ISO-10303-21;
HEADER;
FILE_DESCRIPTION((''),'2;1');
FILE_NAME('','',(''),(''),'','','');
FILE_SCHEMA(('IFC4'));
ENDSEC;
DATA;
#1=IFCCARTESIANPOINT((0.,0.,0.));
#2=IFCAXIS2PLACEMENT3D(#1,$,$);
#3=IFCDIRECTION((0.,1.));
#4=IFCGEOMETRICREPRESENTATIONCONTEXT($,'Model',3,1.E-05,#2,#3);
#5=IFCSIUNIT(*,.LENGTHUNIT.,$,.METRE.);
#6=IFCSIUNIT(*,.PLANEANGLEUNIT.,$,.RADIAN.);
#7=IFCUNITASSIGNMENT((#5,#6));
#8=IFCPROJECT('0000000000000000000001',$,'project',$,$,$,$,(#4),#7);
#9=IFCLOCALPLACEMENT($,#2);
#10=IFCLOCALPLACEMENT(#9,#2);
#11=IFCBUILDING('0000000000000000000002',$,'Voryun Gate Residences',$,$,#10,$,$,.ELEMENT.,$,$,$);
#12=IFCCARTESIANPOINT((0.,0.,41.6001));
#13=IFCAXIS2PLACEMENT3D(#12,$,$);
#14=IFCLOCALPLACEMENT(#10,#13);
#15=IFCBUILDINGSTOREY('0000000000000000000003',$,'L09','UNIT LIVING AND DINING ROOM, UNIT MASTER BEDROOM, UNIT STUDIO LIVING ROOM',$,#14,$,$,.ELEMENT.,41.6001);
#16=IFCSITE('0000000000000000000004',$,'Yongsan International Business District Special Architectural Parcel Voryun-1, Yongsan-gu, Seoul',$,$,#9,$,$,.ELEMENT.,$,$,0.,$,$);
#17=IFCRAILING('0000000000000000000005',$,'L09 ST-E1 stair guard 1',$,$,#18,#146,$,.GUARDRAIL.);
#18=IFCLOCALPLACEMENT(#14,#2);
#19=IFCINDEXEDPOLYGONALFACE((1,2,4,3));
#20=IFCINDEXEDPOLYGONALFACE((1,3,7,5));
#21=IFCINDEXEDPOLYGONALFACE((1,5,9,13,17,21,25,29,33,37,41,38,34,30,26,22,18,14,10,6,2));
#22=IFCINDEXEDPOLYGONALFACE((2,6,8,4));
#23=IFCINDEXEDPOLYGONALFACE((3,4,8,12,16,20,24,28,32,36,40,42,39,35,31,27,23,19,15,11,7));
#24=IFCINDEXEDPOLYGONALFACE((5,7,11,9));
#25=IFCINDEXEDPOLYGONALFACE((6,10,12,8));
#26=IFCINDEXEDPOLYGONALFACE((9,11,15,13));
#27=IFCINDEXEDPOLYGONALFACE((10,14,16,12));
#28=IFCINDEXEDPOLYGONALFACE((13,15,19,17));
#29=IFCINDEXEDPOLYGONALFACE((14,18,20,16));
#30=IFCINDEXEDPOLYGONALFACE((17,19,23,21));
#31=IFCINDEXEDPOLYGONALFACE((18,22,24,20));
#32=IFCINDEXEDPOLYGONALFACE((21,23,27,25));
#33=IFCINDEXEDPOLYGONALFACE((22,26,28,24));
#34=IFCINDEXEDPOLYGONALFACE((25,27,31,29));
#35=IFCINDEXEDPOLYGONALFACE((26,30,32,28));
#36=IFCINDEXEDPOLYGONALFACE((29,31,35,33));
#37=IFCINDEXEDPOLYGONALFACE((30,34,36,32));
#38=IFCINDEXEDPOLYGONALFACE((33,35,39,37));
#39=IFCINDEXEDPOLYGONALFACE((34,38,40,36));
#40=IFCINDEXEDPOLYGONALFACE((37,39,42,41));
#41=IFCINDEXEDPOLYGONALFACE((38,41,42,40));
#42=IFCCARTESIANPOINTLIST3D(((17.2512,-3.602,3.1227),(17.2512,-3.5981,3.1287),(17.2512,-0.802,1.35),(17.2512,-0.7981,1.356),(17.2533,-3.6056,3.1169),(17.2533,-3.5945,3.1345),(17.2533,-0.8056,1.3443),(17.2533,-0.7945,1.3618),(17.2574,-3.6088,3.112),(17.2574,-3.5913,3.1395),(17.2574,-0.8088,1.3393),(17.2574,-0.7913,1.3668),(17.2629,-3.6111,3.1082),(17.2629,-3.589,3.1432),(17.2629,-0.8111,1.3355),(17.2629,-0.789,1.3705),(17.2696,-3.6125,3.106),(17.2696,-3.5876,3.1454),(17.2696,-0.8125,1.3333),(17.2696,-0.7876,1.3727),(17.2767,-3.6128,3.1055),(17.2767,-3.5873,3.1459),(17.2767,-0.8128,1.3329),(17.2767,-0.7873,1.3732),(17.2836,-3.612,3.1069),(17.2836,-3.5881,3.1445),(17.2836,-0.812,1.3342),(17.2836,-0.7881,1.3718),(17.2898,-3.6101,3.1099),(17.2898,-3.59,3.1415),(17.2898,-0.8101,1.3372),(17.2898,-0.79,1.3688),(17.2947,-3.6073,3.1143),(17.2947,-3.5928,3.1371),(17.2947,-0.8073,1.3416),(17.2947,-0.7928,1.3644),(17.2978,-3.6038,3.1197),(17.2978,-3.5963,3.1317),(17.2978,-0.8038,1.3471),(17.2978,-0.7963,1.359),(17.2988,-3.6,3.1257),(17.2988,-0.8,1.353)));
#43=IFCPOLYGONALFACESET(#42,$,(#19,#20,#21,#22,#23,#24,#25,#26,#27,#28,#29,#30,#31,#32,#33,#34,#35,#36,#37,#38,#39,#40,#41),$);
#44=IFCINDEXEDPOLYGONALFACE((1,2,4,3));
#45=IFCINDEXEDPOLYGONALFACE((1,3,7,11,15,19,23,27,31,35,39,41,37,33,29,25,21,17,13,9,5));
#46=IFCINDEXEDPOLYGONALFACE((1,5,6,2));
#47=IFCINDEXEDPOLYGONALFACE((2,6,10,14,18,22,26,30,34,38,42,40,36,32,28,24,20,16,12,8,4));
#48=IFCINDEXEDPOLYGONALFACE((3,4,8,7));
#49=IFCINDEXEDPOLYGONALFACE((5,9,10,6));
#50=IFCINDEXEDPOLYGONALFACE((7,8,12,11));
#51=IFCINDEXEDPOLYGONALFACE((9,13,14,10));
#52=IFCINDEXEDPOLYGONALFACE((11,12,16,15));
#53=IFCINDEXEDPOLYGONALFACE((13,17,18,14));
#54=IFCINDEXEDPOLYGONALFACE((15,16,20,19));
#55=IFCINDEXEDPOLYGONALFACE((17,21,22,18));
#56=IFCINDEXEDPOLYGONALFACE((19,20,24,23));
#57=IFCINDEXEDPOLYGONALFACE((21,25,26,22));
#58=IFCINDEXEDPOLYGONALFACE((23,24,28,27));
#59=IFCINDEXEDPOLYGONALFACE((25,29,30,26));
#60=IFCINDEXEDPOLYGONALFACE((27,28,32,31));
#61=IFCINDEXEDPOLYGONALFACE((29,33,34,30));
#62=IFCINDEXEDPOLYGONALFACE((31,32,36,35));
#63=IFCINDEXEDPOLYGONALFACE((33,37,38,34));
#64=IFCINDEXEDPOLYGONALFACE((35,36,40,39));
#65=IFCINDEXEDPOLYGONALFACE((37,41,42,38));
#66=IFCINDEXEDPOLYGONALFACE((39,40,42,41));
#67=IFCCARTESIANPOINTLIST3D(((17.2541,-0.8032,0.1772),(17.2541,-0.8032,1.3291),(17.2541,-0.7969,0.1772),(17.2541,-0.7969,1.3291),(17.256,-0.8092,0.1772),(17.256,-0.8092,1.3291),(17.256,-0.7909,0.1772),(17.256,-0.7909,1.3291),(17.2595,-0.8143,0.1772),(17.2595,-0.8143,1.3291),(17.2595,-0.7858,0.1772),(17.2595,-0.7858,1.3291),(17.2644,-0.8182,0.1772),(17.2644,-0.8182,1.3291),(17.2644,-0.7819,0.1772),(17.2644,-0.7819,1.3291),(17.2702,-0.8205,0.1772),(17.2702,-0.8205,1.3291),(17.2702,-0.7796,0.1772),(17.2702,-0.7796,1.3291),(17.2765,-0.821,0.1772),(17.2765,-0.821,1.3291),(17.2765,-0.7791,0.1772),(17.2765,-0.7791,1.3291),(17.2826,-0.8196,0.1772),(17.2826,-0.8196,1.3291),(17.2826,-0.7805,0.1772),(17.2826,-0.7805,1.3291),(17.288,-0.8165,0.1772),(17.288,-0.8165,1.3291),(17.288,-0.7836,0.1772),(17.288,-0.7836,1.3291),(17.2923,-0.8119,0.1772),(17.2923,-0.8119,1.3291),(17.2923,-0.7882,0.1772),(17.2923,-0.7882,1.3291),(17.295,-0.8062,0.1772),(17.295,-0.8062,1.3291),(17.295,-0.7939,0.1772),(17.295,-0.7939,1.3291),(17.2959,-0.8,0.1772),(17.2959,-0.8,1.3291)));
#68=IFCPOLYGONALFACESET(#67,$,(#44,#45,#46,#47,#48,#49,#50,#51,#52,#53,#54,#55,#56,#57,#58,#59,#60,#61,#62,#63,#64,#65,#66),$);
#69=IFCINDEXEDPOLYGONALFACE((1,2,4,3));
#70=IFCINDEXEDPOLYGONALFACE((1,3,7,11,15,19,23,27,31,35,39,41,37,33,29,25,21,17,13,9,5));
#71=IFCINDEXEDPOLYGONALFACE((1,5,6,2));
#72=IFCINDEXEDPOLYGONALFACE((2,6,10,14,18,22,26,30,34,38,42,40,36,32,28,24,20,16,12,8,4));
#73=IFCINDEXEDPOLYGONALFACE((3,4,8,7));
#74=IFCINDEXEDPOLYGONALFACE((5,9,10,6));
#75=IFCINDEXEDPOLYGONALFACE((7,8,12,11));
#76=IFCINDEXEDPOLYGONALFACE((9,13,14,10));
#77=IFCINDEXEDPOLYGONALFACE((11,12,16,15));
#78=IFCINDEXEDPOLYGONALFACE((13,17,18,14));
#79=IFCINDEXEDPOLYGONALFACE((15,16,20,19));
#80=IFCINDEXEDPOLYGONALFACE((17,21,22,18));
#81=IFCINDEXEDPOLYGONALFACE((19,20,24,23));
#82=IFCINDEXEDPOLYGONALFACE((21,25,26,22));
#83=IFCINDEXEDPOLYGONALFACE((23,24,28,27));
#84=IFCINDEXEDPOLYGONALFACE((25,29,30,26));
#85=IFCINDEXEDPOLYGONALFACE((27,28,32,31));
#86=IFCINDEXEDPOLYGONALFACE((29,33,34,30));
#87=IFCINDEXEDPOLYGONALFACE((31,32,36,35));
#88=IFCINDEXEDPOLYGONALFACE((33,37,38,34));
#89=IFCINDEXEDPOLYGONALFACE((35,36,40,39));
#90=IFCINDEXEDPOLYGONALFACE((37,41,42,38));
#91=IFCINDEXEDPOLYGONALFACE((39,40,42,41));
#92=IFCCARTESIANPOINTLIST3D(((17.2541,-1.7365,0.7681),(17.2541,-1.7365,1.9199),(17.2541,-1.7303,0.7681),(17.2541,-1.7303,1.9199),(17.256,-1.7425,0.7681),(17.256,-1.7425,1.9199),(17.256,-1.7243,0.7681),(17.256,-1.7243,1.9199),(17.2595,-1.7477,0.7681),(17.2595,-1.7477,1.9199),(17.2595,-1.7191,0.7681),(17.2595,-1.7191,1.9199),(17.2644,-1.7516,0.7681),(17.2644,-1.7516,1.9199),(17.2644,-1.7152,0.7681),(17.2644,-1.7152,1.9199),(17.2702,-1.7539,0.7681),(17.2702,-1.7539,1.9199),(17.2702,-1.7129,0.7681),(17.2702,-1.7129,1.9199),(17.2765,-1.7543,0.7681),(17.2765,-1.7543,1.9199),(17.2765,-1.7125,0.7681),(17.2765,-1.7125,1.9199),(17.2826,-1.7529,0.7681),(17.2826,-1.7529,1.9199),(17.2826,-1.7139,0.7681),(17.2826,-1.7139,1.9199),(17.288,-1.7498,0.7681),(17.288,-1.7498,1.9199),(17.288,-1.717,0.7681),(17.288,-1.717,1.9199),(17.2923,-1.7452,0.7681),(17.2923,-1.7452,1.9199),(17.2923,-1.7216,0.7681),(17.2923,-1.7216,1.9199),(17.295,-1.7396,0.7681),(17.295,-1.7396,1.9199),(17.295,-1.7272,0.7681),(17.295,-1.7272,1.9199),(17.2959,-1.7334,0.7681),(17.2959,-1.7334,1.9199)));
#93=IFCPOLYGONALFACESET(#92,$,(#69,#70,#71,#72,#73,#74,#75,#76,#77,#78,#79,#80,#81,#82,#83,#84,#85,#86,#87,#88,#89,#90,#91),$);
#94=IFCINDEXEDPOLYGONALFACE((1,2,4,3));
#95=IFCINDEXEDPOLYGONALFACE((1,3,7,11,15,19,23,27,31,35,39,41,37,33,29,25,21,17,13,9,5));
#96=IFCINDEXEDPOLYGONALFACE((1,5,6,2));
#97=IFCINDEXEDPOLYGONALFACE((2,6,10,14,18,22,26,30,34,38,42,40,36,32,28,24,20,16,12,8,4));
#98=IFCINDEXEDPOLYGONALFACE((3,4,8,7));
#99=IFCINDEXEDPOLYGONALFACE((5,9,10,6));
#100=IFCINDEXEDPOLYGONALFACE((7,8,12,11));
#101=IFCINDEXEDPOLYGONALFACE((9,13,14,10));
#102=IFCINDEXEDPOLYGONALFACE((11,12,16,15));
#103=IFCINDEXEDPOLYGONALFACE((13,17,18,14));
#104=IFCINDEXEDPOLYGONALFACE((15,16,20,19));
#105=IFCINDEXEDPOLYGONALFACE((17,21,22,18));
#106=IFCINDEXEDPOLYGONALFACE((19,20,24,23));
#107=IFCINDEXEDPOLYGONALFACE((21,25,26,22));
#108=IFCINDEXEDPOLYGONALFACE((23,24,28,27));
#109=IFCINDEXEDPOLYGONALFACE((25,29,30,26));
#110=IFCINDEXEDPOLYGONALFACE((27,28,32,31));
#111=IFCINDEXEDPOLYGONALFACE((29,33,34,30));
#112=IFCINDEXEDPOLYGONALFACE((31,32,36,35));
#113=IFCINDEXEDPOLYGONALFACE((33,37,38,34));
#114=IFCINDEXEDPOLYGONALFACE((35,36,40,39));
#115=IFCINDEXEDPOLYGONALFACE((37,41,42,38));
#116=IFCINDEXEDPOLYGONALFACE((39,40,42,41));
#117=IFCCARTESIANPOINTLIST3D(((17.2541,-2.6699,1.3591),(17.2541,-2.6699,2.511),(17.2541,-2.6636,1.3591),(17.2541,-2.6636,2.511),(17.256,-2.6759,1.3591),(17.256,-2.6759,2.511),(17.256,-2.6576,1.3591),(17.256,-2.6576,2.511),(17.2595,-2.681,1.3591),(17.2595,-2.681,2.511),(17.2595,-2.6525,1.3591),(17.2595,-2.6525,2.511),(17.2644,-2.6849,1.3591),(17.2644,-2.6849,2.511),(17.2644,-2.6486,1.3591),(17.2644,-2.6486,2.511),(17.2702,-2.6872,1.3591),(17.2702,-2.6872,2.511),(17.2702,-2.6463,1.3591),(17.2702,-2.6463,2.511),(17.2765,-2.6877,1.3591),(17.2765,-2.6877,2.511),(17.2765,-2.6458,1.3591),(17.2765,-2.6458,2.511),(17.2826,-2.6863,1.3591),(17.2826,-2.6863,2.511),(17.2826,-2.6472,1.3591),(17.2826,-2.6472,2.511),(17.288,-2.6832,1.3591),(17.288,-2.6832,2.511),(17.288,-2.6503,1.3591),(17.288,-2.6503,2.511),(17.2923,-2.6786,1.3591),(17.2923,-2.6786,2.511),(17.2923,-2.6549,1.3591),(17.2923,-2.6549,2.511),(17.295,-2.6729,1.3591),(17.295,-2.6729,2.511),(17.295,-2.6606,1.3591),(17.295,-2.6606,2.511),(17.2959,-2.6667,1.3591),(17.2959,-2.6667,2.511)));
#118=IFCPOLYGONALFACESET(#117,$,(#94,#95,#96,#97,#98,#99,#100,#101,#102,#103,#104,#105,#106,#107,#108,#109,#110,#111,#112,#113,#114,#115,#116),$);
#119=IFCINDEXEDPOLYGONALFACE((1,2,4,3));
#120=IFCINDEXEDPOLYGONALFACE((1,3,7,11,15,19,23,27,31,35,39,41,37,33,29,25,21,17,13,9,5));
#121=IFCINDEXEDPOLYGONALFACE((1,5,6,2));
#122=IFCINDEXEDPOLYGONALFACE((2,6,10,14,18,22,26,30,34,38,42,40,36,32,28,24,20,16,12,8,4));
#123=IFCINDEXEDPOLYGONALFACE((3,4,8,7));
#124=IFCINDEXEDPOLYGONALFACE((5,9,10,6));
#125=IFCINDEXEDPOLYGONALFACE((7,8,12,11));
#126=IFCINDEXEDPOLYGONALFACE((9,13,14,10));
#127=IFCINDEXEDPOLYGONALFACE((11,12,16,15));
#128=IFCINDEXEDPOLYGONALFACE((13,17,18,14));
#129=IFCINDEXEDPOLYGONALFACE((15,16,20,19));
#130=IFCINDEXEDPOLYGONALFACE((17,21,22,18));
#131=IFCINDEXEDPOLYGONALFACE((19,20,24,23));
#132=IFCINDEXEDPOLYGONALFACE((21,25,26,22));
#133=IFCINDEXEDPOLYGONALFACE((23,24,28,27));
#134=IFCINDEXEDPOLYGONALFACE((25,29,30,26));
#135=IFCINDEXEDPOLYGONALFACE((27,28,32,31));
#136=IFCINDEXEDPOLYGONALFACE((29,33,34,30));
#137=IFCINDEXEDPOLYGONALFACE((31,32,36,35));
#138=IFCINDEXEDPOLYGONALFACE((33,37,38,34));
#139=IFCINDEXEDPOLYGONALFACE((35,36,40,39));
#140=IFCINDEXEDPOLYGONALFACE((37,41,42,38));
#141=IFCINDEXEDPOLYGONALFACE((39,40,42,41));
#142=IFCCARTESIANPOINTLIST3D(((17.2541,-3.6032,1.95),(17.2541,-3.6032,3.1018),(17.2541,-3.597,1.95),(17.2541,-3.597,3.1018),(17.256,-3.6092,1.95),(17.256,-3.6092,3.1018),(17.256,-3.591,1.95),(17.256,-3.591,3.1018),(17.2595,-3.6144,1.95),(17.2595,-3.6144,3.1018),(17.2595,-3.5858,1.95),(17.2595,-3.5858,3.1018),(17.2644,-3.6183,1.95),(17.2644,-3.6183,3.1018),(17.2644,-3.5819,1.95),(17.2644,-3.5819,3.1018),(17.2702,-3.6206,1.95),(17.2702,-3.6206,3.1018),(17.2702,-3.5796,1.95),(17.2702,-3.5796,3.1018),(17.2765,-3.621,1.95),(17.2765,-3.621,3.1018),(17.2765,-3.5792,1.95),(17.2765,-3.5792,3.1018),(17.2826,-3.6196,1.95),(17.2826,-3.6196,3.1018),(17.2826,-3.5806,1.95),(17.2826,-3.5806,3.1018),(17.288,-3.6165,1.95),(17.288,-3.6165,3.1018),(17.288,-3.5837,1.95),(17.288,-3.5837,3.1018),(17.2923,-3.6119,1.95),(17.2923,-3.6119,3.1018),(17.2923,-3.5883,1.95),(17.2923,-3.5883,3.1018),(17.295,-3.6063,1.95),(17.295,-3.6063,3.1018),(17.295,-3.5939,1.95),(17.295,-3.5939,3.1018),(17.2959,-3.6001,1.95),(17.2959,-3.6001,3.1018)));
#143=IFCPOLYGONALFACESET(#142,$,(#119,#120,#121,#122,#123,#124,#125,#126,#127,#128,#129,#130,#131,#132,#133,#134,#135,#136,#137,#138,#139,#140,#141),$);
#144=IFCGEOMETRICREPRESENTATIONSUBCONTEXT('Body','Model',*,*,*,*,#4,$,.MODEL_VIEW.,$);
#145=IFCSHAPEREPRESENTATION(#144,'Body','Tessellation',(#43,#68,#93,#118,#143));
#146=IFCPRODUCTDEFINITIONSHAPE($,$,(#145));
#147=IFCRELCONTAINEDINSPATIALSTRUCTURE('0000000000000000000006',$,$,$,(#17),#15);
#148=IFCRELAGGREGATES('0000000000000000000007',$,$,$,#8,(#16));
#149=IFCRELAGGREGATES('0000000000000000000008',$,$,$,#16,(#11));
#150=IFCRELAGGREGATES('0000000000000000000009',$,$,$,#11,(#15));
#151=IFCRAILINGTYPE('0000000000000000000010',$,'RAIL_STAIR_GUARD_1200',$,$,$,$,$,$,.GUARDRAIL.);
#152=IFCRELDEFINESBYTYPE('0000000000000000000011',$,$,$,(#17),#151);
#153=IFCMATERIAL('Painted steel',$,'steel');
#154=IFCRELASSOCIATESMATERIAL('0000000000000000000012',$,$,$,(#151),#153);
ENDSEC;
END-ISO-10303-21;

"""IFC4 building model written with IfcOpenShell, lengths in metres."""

from ifc_helpers import new_model, si_unit, direction, frame, origin, origin_2d, place, context, subcontext, project, spatial, circle, extrude, material, type_object, element, save


model = new_model("IFC4")

# Units and contexts
model_context = context("Model", 3, precision=1e-05, world=origin(), true_north=direction((0.0, 1.0)))
body_context = subcontext(model_context, "Body", "Model", "MODEL_VIEW")
ifc_project = project(units=[si_unit("LENGTHUNIT", "METRE"), si_unit("PLANEANGLEUNIT", "RADIAN")], contexts=[model_context])

# Site, building, storey
site_placement = place(None, origin())
site = spatial("IfcSite", under=ifc_project, at=site_placement, Name="Yongsan International Business District Special Architectural Parcel Voryun-1, Yongsan-gu, Seoul", CompositionType="ELEMENT", RefElevation=0.0)
building_placement = place(site_placement, origin())
building = spatial("IfcBuilding", under=site, at=building_placement, Name="Voryun Gate Residences", CompositionType="ELEMENT")
storey_placement = place(building_placement, frame((0.0, 0.0, 41.6001)))
storey = spatial("IfcBuildingStorey", under=building, at=storey_placement, Name="L09", Description="UNIT LIVING AND DINING ROOM, UNIT MASTER BEDROOM, UNIT STUDIO LIVING ROOM", CompositionType="ELEMENT", Elevation=41.6001)

# Railing
ifc_material_1 = material(Name="Painted steel", Category="steel")
railing_type = type_object("IfcRailingType", Name="RAIL_STAIR_GUARD_1200", PredefinedType="GUARDRAIL", material=ifc_material_1)
railing_1_placement = place(storey_placement, frame((17.2749, -0.8, 0.1772)))
element("IfcRailing", 1, at=railing_1_placement, inside=storey, type_object=railing_type, Name="L09 ST-E1 stair guard 1", PredefinedType="GUARDRAIL", context=body_context, shape_type="SweptSolid", body=[
    extrude(circle(Radius=0.0239, at=origin_2d()), frame((0.0, 0.0, 1.1758), z_axis=(0.0, -0.844909, 0.53491), x_axis=(1.0, 0.0, 0.0)), (0.0, 0.0, 1.0), 3.314),
    extrude(circle(Radius=0.021, at=origin_2d()), origin(), (0.0, 0.0, 1.0), 1.1519),
    extrude(circle(Radius=0.021, at=origin_2d()), frame((0.0, -0.9333, 0.5908)), (0.0, 0.0, 1.0), 1.1519),
    extrude(circle(Radius=0.021, at=origin_2d()), frame((0.0, -1.8667, 1.1819)), (0.0, 0.0, 1.0), 1.1519),
    extrude(circle(Radius=0.021, at=origin_2d()), frame((0.0, -2.8, 1.7727)), (0.0, 0.0, 1.0), 1.1519),
])

save(model, "model.ifc")
